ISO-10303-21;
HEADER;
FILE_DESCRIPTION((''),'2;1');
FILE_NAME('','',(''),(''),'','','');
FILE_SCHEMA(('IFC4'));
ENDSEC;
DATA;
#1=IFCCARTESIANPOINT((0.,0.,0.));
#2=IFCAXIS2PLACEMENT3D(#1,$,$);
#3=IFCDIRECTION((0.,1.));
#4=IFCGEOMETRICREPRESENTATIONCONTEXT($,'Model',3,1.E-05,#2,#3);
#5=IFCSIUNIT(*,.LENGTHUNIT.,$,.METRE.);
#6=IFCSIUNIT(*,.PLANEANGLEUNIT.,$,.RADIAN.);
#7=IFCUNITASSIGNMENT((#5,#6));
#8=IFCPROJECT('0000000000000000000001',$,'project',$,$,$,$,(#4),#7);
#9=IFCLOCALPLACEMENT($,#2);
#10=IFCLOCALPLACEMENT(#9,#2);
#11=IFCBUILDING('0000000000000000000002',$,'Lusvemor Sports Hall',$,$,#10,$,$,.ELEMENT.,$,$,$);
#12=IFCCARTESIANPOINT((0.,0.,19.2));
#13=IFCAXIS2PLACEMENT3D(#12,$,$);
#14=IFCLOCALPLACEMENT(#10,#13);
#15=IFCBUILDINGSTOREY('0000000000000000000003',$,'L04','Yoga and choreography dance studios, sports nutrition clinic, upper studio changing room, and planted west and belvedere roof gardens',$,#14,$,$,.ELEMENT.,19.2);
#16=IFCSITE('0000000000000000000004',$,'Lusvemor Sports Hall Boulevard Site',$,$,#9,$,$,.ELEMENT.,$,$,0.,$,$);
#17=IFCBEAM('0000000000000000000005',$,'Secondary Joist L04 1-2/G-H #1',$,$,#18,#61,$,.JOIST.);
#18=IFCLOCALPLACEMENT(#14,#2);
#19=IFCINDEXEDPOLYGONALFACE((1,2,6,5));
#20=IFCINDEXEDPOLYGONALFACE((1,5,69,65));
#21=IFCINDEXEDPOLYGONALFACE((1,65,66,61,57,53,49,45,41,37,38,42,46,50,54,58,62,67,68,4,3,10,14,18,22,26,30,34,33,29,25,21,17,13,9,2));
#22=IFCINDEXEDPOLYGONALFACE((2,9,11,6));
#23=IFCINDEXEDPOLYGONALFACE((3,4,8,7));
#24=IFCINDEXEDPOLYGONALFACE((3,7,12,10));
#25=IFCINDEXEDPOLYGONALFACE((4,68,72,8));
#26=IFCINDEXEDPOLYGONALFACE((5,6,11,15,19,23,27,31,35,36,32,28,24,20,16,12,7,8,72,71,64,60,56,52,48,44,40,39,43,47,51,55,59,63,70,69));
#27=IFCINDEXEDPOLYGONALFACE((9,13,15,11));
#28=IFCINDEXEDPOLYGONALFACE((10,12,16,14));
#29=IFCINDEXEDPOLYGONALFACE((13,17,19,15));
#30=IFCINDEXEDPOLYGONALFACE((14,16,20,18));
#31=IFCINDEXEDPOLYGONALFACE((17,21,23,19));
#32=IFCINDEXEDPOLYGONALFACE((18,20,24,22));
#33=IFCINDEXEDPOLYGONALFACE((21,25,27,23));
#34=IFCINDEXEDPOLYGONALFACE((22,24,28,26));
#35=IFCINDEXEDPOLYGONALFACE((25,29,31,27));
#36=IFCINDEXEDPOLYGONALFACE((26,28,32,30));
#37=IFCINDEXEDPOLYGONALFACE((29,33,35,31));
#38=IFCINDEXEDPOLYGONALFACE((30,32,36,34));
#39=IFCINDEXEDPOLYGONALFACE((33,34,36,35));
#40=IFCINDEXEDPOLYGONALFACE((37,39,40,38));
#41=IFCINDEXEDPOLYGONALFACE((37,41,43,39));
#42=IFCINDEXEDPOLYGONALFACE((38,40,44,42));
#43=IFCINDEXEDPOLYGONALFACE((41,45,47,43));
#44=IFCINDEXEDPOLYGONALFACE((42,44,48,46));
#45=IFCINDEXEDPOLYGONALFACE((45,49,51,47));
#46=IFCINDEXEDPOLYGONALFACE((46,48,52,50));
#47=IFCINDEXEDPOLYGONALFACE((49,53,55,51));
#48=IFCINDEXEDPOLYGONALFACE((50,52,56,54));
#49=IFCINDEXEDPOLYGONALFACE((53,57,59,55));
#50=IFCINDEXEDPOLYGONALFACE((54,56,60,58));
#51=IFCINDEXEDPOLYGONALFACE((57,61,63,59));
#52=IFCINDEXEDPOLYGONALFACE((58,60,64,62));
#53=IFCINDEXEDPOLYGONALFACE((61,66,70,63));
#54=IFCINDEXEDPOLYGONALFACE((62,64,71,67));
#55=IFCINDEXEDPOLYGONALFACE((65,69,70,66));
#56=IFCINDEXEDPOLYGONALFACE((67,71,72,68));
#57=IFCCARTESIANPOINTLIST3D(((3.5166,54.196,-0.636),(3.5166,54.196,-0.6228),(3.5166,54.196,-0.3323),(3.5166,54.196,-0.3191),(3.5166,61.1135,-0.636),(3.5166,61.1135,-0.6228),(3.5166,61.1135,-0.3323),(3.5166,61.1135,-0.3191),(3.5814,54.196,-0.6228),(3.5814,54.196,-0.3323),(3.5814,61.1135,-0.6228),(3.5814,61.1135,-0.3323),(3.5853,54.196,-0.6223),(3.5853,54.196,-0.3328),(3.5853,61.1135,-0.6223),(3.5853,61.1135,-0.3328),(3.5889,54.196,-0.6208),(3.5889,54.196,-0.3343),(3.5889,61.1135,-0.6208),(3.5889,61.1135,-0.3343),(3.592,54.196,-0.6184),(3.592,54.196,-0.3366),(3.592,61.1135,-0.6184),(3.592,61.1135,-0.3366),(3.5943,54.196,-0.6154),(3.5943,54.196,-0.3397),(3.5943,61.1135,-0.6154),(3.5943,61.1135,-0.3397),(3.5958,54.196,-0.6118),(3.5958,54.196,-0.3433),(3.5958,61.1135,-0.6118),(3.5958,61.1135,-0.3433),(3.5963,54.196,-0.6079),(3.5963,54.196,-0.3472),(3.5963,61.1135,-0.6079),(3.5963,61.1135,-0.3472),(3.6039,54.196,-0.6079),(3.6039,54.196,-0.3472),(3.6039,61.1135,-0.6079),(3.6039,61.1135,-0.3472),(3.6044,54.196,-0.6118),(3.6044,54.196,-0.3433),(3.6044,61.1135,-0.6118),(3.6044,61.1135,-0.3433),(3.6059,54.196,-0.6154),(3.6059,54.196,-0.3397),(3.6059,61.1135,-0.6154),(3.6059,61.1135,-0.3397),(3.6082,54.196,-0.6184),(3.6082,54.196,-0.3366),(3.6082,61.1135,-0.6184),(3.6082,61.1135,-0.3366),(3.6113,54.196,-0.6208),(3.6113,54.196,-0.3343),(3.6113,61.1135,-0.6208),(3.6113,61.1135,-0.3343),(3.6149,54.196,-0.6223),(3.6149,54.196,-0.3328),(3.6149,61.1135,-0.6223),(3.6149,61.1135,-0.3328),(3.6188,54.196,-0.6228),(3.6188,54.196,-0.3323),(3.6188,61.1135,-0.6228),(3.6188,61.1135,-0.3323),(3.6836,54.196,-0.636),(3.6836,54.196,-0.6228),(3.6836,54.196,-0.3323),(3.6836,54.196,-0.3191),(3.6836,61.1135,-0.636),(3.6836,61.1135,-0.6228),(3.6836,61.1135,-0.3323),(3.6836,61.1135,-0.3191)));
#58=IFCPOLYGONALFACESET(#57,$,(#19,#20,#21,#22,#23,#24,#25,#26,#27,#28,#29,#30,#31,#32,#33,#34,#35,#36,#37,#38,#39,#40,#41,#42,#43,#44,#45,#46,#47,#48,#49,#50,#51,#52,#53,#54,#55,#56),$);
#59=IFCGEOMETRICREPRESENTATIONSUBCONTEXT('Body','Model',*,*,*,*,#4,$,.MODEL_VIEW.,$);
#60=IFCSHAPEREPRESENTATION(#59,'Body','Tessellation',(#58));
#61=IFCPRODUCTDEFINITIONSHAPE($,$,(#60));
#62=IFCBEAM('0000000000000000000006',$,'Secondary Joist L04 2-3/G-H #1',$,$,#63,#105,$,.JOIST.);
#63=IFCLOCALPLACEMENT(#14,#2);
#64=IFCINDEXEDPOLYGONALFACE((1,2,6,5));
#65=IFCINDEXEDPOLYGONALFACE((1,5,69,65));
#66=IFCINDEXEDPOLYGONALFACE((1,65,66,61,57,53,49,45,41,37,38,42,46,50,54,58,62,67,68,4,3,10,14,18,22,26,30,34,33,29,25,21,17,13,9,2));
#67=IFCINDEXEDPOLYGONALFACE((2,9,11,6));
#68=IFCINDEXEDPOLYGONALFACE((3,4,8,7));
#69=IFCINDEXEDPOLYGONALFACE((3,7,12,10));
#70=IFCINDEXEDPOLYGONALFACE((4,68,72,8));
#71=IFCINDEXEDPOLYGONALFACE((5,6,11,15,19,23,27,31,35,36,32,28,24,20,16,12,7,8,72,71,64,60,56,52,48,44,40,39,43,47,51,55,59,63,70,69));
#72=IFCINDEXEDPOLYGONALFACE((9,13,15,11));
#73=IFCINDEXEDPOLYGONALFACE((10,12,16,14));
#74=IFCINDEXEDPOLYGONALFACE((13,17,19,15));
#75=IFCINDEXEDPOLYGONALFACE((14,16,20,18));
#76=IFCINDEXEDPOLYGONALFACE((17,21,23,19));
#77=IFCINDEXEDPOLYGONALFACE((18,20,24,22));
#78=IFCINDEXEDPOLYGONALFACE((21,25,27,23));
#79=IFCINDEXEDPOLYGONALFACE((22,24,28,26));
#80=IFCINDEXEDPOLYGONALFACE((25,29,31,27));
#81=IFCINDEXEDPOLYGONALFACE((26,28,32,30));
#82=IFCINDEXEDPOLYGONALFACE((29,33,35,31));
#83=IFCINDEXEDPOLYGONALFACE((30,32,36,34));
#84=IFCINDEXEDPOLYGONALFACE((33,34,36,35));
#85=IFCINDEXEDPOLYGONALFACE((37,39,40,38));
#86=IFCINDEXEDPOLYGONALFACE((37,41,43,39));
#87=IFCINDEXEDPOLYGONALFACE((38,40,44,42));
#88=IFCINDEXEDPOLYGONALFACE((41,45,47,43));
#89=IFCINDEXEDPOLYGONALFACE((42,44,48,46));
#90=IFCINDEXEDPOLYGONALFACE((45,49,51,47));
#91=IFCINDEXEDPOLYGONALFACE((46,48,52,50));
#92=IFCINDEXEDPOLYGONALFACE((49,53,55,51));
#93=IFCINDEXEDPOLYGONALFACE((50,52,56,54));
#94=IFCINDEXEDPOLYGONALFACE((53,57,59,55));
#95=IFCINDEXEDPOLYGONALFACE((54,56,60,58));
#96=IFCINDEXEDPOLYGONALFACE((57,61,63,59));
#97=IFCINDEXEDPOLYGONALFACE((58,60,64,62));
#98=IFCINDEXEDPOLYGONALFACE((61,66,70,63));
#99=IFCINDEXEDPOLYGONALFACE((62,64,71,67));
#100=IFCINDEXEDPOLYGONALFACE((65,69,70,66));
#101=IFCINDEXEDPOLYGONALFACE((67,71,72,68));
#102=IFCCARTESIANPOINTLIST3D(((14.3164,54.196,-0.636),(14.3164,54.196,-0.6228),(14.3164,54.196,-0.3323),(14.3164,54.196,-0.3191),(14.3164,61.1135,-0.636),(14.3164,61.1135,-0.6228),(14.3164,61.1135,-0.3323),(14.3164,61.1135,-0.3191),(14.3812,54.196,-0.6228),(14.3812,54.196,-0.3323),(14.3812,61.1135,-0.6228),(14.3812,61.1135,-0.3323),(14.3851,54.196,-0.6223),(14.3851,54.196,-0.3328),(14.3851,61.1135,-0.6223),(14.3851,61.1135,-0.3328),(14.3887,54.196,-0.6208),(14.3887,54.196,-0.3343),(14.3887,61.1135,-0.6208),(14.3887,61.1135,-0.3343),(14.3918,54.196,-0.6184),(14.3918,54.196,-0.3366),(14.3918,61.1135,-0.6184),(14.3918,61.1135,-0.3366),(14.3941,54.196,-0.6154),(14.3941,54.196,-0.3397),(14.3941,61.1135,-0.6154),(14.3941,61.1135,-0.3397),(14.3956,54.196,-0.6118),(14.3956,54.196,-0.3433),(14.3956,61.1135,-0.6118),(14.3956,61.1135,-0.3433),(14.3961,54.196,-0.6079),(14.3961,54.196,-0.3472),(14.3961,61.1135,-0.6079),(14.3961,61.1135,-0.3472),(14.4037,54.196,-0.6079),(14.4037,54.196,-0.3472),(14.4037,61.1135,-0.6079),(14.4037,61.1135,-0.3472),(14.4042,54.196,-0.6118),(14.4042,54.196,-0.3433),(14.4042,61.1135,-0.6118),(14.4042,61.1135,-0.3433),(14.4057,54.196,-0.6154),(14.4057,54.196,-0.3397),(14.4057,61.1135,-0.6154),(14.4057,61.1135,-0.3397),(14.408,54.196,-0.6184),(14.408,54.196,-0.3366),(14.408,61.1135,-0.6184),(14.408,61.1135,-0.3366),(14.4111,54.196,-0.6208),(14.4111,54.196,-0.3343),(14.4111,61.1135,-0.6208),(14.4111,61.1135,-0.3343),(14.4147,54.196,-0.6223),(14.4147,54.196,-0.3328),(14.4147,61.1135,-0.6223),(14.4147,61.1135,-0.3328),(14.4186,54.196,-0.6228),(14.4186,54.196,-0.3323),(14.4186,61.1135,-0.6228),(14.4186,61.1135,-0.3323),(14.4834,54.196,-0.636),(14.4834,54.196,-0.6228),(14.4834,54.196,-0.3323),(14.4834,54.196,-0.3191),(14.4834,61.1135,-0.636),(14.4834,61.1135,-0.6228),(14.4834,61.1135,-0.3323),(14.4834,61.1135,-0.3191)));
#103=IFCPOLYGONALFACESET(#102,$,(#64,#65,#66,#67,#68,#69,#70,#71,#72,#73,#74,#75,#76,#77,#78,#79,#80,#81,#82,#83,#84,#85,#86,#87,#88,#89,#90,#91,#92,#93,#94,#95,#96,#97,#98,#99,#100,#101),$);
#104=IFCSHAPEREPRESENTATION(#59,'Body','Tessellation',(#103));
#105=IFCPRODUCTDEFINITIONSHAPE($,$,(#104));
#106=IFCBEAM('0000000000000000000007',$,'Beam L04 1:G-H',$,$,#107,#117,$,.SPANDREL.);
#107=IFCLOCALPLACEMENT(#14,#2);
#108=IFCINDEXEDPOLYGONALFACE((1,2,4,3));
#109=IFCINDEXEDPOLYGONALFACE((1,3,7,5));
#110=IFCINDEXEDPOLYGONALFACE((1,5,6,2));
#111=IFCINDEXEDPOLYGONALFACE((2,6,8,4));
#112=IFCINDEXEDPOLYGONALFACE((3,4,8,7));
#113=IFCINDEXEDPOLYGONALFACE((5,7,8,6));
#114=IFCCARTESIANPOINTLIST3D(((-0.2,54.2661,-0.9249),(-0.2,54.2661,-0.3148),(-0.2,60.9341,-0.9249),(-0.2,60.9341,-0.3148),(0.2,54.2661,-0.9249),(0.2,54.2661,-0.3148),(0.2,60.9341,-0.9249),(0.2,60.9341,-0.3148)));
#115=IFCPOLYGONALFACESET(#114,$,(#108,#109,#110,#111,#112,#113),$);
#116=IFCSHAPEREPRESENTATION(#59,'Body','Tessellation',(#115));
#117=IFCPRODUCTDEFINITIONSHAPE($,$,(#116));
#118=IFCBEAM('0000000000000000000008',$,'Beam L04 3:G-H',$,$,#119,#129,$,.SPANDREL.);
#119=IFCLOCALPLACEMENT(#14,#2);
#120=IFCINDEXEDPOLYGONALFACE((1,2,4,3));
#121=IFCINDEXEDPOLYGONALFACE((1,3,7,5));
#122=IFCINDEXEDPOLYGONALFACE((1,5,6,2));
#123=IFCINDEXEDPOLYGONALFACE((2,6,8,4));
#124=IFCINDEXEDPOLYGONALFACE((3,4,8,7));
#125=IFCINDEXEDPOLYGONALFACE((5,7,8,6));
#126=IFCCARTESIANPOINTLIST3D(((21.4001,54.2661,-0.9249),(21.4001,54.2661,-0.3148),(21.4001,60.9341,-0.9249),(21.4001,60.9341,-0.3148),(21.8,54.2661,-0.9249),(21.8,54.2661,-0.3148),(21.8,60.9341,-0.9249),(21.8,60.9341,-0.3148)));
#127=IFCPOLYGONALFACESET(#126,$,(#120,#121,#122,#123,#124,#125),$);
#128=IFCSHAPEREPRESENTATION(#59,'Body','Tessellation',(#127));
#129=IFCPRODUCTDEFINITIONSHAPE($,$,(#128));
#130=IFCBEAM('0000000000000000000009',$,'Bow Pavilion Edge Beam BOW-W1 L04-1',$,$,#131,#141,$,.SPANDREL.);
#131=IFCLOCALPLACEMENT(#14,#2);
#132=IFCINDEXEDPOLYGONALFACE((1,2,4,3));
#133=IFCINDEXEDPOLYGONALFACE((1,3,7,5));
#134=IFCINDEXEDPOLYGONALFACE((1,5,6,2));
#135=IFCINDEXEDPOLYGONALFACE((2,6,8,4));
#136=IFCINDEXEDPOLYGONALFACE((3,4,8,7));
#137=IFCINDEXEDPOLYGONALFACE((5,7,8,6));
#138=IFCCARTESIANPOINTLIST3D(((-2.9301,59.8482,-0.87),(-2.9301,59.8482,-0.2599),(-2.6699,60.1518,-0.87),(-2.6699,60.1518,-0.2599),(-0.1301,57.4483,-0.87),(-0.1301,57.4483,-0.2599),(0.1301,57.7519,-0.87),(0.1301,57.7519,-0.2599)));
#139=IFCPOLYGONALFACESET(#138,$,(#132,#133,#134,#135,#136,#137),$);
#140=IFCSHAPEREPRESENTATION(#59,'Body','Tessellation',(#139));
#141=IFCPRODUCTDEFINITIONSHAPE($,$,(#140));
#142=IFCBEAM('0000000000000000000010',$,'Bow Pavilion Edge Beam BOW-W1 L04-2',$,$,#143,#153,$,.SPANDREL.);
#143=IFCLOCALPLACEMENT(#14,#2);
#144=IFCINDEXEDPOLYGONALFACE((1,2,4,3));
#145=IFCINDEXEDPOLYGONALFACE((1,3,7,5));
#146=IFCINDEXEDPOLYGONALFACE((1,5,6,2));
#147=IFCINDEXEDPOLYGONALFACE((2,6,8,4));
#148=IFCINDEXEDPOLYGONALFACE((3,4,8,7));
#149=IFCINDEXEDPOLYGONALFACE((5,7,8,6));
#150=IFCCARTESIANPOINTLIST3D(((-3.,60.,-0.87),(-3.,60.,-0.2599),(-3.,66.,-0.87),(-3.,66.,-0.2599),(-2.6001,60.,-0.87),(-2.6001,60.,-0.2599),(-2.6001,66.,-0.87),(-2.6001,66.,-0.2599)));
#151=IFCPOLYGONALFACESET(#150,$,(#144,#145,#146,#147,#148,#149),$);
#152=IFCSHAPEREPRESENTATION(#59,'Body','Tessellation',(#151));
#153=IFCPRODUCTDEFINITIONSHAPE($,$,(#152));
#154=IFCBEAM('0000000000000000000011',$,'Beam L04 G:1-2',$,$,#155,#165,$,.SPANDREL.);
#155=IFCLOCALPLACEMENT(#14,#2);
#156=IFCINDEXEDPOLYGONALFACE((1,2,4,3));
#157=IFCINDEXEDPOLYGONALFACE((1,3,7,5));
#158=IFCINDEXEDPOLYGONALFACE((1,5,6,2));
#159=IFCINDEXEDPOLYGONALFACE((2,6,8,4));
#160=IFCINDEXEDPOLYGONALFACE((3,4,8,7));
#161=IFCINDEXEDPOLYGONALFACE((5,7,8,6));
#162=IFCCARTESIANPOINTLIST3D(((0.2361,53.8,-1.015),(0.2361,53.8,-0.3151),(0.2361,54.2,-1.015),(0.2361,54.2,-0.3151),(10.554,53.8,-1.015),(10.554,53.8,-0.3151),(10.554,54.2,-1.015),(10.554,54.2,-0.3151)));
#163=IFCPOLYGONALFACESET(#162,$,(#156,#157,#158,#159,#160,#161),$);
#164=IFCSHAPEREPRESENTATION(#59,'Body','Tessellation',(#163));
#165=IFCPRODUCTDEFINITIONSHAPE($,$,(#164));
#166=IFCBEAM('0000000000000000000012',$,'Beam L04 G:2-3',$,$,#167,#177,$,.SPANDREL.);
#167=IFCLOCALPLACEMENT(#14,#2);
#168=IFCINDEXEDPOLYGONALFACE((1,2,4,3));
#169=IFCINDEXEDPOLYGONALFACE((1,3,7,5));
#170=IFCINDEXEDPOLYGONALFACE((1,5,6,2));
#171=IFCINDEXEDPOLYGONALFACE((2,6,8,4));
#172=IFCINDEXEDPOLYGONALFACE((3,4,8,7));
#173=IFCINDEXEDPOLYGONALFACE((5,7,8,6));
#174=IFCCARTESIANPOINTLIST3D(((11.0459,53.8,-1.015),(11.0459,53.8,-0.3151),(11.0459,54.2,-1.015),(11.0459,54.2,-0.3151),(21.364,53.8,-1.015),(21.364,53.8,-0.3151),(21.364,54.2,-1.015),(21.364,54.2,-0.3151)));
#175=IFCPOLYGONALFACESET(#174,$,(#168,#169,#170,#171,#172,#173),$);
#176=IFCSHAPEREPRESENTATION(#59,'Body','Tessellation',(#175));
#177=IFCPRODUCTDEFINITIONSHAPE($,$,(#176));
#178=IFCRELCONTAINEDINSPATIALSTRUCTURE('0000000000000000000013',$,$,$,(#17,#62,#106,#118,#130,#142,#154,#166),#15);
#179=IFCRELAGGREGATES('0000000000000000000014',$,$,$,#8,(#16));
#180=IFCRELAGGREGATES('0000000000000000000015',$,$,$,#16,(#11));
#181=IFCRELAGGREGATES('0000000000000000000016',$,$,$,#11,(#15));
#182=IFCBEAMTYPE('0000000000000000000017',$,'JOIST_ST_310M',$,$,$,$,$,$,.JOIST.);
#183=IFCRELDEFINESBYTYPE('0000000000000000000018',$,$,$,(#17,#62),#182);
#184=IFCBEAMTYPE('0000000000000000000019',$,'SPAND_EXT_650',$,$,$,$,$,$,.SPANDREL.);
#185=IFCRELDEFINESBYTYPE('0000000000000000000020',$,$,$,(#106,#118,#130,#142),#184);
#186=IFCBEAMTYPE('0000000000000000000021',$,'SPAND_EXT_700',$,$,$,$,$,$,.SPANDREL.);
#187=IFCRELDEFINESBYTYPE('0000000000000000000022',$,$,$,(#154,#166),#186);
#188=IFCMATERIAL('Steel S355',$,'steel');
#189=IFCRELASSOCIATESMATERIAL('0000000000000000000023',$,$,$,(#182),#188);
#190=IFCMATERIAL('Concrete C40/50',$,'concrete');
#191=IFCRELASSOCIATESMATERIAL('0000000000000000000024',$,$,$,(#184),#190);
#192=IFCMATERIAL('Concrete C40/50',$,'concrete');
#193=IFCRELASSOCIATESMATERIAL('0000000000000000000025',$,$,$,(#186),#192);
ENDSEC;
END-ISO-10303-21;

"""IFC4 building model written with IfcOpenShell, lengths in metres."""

from ifc_helpers import new_model, si_unit, direction, frame, origin, origin_2d, place, context, subcontext, project, spatial, rectangle, i_section, extrude, material, material_profile, profile_set, type_object, element, save


model = new_model("IFC4")

# Units and contexts
model_context = context("Model", 3, precision=1e-05, world=origin(), true_north=direction((0.0, 1.0)))
body_context = subcontext(model_context, "Body", "Model", "MODEL_VIEW")
ifc_project = project(units=[si_unit("LENGTHUNIT", "METRE"), si_unit("PLANEANGLEUNIT", "RADIAN")], contexts=[model_context])

# Site, building, storey
site_placement = place(None, origin())
site = spatial("IfcSite", under=ifc_project, at=site_placement, Name="Lusvemor Sports Hall Boulevard Site", CompositionType="ELEMENT", RefElevation=0.0)
building_placement = place(site_placement, origin())
building = spatial("IfcBuilding", under=site, at=building_placement, Name="Lusvemor Sports Hall", CompositionType="ELEMENT")
storey_placement = place(building_placement, frame((0.0, 0.0, 19.2)))
storey = spatial("IfcBuildingStorey", under=building, at=storey_placement, Name="L04", Description="Yoga and choreography dance studios, sports nutrition clinic, upper studio changing room, and planted west and belvedere roof gardens", CompositionType="ELEMENT", Elevation=19.2)

# Beams
ifc_material_1 = material(Name="Steel S355", Category="steel")
ifc_material_profile_1 = material_profile(ifc_material_1, i_section(OverallWidth=0.167, OverallDepth=0.3169, WebThickness=0.0076, FlangeThickness=0.0132, FilletRadius=0.0149, at=origin_2d()), Name="W310x52.0")
ifc_profile_set_1 = profile_set([ifc_material_profile_1], Name="Steel S355")
beam_type_1 = type_object("IfcBeamType", Name="JOIST_ST_310M", PredefinedType="JOIST", material=ifc_profile_set_1)
for number, where, z_axis, x_axis, name in (
    (1, (3.6001, 54.196, -0.4775), (0.0, 1.0, 0.0), (-1.0, 0.0, 0.0), "Secondary Joist L04 1-2/G-H #1"),
    (2, (14.3999, 54.196, -0.4775), (0.0, 1.0, 0.0), (-1.0, 0.0, 0.0), "Secondary Joist L04 2-3/G-H #1"),
):
    element("IfcBeam", number, at=place(storey_placement, frame(where, z_axis=z_axis, x_axis=x_axis)), inside=storey, type_object=beam_type_1, Name=name, PredefinedType="JOIST", context=body_context, shape_type="SweptSolid", body=[
        extrude(i_section(OverallWidth=0.167, OverallDepth=0.3169, WebThickness=0.0076, FlangeThickness=0.0132, FilletRadius=0.0149, at=origin_2d()), origin(), (0.0, 0.0, 1.0), 6.9175),
    ])
ifc_material_2 = material(Name="Concrete C40/50", Category="concrete")
ifc_material_profile_2 = material_profile(ifc_material_2, rectangle(XDim=0.3999, YDim=0.6101, at=origin_2d()), Name="RC400x610")
ifc_profile_set_2 = profile_set([ifc_material_profile_2], Name="Concrete C40/50")
beam_type_2 = type_object("IfcBeamType", Name="SPAND_EXT_650", PredefinedType="SPANDREL", material=ifc_profile_set_2)
for number, where, z_axis, x_axis, name in (
    (3, (0.0, 54.2661, -0.6199), (0.0, 1.0, 0.0), (-1.0, 0.0, 0.0), "Beam L04 1:G-H"),
    (4, (21.6001, 54.2661, -0.6199), (0.0, 1.0, 0.0), (-1.0, 0.0, 0.0), "Beam L04 3:G-H"),
):
    element("IfcBeam", number, at=place(storey_placement, frame(where, z_axis=z_axis, x_axis=x_axis)), inside=storey, type_object=beam_type_2, Name=name, PredefinedType="SPANDREL", context=body_context, shape_type="SweptSolid", body=[
        extrude(rectangle(XDim=0.3999, YDim=0.6101, at=origin_2d()), origin(), (0.0, 0.0, 1.0), 6.668),
    ])
beam_1_placement = place(storey_placement, frame((0.0, 57.6001, -0.5649), z_axis=(-0.759275, 0.65077, 0.0), x_axis=(-0.65077, -0.759275, 0.0)))
element("IfcBeam", 5, at=beam_1_placement, inside=storey, type_object=beam_type_2, Name="Bow Pavilion Edge Beam BOW-W1 L04-1", PredefinedType="SPANDREL", context=body_context, shape_type="SweptSolid", body=[
    extrude(rectangle(XDim=0.3999, YDim=0.6101, at=origin_2d()), origin(), (0.0, 0.0, 1.0), 3.6877),
])
beam_2_placement = place(storey_placement, frame((-2.8, 60.0, -0.5649), z_axis=(0.0, 1.0, 0.0), x_axis=(-1.0, 0.0, 0.0)))
element("IfcBeam", 6, at=beam_2_placement, inside=storey, type_object=beam_type_2, Name="Bow Pavilion Edge Beam BOW-W1 L04-2", PredefinedType="SPANDREL", context=body_context, shape_type="SweptSolid", body=[
    extrude(rectangle(XDim=0.3999, YDim=0.6101, at=origin_2d()), origin(), (0.0, 0.0, 1.0), 6.0),
])
ifc_material_3 = material(Name="Concrete C40/50", Category="concrete")
ifc_material_profile_3 = material_profile(ifc_material_3, rectangle(XDim=0.3999, YDim=0.7, at=origin_2d()), Name="RC400x700")
ifc_profile_set_3 = profile_set([ifc_material_profile_3], Name="Concrete C40/50")
beam_type_3 = type_object("IfcBeamType", Name="SPAND_EXT_700", PredefinedType="SPANDREL", material=ifc_profile_set_3)
beam_3_placement = place(storey_placement, frame((0.2361, 54.0, -0.665), z_axis=(1.0, 0.0, 0.0), x_axis=(0.0, 1.0, 0.0)))
element("IfcBeam", 7, at=beam_3_placement, inside=storey, type_object=beam_type_3, Name="Beam L04 G:1-2", PredefinedType="SPANDREL", context=body_context, shape_type="SweptSolid", body=[
    extrude(rectangle(XDim=0.3999, YDim=0.7, at=origin_2d()), origin(), (0.0, 0.0, 1.0), 10.3179),
])
beam_4_placement = place(storey_placement, frame((11.0459, 54.0, -0.665), z_axis=(1.0, 0.0, 0.0), x_axis=(0.0, 1.0, 0.0)))
element("IfcBeam", 8, at=beam_4_placement, inside=storey, type_object=beam_type_3, Name="Beam L04 G:2-3", PredefinedType="SPANDREL", context=body_context, shape_type="SweptSolid", body=[
    extrude(rectangle(XDim=0.3999, YDim=0.7, at=origin_2d()), origin(), (0.0, 0.0, 1.0), 10.3181),
])

save(model, "model.ifc")
